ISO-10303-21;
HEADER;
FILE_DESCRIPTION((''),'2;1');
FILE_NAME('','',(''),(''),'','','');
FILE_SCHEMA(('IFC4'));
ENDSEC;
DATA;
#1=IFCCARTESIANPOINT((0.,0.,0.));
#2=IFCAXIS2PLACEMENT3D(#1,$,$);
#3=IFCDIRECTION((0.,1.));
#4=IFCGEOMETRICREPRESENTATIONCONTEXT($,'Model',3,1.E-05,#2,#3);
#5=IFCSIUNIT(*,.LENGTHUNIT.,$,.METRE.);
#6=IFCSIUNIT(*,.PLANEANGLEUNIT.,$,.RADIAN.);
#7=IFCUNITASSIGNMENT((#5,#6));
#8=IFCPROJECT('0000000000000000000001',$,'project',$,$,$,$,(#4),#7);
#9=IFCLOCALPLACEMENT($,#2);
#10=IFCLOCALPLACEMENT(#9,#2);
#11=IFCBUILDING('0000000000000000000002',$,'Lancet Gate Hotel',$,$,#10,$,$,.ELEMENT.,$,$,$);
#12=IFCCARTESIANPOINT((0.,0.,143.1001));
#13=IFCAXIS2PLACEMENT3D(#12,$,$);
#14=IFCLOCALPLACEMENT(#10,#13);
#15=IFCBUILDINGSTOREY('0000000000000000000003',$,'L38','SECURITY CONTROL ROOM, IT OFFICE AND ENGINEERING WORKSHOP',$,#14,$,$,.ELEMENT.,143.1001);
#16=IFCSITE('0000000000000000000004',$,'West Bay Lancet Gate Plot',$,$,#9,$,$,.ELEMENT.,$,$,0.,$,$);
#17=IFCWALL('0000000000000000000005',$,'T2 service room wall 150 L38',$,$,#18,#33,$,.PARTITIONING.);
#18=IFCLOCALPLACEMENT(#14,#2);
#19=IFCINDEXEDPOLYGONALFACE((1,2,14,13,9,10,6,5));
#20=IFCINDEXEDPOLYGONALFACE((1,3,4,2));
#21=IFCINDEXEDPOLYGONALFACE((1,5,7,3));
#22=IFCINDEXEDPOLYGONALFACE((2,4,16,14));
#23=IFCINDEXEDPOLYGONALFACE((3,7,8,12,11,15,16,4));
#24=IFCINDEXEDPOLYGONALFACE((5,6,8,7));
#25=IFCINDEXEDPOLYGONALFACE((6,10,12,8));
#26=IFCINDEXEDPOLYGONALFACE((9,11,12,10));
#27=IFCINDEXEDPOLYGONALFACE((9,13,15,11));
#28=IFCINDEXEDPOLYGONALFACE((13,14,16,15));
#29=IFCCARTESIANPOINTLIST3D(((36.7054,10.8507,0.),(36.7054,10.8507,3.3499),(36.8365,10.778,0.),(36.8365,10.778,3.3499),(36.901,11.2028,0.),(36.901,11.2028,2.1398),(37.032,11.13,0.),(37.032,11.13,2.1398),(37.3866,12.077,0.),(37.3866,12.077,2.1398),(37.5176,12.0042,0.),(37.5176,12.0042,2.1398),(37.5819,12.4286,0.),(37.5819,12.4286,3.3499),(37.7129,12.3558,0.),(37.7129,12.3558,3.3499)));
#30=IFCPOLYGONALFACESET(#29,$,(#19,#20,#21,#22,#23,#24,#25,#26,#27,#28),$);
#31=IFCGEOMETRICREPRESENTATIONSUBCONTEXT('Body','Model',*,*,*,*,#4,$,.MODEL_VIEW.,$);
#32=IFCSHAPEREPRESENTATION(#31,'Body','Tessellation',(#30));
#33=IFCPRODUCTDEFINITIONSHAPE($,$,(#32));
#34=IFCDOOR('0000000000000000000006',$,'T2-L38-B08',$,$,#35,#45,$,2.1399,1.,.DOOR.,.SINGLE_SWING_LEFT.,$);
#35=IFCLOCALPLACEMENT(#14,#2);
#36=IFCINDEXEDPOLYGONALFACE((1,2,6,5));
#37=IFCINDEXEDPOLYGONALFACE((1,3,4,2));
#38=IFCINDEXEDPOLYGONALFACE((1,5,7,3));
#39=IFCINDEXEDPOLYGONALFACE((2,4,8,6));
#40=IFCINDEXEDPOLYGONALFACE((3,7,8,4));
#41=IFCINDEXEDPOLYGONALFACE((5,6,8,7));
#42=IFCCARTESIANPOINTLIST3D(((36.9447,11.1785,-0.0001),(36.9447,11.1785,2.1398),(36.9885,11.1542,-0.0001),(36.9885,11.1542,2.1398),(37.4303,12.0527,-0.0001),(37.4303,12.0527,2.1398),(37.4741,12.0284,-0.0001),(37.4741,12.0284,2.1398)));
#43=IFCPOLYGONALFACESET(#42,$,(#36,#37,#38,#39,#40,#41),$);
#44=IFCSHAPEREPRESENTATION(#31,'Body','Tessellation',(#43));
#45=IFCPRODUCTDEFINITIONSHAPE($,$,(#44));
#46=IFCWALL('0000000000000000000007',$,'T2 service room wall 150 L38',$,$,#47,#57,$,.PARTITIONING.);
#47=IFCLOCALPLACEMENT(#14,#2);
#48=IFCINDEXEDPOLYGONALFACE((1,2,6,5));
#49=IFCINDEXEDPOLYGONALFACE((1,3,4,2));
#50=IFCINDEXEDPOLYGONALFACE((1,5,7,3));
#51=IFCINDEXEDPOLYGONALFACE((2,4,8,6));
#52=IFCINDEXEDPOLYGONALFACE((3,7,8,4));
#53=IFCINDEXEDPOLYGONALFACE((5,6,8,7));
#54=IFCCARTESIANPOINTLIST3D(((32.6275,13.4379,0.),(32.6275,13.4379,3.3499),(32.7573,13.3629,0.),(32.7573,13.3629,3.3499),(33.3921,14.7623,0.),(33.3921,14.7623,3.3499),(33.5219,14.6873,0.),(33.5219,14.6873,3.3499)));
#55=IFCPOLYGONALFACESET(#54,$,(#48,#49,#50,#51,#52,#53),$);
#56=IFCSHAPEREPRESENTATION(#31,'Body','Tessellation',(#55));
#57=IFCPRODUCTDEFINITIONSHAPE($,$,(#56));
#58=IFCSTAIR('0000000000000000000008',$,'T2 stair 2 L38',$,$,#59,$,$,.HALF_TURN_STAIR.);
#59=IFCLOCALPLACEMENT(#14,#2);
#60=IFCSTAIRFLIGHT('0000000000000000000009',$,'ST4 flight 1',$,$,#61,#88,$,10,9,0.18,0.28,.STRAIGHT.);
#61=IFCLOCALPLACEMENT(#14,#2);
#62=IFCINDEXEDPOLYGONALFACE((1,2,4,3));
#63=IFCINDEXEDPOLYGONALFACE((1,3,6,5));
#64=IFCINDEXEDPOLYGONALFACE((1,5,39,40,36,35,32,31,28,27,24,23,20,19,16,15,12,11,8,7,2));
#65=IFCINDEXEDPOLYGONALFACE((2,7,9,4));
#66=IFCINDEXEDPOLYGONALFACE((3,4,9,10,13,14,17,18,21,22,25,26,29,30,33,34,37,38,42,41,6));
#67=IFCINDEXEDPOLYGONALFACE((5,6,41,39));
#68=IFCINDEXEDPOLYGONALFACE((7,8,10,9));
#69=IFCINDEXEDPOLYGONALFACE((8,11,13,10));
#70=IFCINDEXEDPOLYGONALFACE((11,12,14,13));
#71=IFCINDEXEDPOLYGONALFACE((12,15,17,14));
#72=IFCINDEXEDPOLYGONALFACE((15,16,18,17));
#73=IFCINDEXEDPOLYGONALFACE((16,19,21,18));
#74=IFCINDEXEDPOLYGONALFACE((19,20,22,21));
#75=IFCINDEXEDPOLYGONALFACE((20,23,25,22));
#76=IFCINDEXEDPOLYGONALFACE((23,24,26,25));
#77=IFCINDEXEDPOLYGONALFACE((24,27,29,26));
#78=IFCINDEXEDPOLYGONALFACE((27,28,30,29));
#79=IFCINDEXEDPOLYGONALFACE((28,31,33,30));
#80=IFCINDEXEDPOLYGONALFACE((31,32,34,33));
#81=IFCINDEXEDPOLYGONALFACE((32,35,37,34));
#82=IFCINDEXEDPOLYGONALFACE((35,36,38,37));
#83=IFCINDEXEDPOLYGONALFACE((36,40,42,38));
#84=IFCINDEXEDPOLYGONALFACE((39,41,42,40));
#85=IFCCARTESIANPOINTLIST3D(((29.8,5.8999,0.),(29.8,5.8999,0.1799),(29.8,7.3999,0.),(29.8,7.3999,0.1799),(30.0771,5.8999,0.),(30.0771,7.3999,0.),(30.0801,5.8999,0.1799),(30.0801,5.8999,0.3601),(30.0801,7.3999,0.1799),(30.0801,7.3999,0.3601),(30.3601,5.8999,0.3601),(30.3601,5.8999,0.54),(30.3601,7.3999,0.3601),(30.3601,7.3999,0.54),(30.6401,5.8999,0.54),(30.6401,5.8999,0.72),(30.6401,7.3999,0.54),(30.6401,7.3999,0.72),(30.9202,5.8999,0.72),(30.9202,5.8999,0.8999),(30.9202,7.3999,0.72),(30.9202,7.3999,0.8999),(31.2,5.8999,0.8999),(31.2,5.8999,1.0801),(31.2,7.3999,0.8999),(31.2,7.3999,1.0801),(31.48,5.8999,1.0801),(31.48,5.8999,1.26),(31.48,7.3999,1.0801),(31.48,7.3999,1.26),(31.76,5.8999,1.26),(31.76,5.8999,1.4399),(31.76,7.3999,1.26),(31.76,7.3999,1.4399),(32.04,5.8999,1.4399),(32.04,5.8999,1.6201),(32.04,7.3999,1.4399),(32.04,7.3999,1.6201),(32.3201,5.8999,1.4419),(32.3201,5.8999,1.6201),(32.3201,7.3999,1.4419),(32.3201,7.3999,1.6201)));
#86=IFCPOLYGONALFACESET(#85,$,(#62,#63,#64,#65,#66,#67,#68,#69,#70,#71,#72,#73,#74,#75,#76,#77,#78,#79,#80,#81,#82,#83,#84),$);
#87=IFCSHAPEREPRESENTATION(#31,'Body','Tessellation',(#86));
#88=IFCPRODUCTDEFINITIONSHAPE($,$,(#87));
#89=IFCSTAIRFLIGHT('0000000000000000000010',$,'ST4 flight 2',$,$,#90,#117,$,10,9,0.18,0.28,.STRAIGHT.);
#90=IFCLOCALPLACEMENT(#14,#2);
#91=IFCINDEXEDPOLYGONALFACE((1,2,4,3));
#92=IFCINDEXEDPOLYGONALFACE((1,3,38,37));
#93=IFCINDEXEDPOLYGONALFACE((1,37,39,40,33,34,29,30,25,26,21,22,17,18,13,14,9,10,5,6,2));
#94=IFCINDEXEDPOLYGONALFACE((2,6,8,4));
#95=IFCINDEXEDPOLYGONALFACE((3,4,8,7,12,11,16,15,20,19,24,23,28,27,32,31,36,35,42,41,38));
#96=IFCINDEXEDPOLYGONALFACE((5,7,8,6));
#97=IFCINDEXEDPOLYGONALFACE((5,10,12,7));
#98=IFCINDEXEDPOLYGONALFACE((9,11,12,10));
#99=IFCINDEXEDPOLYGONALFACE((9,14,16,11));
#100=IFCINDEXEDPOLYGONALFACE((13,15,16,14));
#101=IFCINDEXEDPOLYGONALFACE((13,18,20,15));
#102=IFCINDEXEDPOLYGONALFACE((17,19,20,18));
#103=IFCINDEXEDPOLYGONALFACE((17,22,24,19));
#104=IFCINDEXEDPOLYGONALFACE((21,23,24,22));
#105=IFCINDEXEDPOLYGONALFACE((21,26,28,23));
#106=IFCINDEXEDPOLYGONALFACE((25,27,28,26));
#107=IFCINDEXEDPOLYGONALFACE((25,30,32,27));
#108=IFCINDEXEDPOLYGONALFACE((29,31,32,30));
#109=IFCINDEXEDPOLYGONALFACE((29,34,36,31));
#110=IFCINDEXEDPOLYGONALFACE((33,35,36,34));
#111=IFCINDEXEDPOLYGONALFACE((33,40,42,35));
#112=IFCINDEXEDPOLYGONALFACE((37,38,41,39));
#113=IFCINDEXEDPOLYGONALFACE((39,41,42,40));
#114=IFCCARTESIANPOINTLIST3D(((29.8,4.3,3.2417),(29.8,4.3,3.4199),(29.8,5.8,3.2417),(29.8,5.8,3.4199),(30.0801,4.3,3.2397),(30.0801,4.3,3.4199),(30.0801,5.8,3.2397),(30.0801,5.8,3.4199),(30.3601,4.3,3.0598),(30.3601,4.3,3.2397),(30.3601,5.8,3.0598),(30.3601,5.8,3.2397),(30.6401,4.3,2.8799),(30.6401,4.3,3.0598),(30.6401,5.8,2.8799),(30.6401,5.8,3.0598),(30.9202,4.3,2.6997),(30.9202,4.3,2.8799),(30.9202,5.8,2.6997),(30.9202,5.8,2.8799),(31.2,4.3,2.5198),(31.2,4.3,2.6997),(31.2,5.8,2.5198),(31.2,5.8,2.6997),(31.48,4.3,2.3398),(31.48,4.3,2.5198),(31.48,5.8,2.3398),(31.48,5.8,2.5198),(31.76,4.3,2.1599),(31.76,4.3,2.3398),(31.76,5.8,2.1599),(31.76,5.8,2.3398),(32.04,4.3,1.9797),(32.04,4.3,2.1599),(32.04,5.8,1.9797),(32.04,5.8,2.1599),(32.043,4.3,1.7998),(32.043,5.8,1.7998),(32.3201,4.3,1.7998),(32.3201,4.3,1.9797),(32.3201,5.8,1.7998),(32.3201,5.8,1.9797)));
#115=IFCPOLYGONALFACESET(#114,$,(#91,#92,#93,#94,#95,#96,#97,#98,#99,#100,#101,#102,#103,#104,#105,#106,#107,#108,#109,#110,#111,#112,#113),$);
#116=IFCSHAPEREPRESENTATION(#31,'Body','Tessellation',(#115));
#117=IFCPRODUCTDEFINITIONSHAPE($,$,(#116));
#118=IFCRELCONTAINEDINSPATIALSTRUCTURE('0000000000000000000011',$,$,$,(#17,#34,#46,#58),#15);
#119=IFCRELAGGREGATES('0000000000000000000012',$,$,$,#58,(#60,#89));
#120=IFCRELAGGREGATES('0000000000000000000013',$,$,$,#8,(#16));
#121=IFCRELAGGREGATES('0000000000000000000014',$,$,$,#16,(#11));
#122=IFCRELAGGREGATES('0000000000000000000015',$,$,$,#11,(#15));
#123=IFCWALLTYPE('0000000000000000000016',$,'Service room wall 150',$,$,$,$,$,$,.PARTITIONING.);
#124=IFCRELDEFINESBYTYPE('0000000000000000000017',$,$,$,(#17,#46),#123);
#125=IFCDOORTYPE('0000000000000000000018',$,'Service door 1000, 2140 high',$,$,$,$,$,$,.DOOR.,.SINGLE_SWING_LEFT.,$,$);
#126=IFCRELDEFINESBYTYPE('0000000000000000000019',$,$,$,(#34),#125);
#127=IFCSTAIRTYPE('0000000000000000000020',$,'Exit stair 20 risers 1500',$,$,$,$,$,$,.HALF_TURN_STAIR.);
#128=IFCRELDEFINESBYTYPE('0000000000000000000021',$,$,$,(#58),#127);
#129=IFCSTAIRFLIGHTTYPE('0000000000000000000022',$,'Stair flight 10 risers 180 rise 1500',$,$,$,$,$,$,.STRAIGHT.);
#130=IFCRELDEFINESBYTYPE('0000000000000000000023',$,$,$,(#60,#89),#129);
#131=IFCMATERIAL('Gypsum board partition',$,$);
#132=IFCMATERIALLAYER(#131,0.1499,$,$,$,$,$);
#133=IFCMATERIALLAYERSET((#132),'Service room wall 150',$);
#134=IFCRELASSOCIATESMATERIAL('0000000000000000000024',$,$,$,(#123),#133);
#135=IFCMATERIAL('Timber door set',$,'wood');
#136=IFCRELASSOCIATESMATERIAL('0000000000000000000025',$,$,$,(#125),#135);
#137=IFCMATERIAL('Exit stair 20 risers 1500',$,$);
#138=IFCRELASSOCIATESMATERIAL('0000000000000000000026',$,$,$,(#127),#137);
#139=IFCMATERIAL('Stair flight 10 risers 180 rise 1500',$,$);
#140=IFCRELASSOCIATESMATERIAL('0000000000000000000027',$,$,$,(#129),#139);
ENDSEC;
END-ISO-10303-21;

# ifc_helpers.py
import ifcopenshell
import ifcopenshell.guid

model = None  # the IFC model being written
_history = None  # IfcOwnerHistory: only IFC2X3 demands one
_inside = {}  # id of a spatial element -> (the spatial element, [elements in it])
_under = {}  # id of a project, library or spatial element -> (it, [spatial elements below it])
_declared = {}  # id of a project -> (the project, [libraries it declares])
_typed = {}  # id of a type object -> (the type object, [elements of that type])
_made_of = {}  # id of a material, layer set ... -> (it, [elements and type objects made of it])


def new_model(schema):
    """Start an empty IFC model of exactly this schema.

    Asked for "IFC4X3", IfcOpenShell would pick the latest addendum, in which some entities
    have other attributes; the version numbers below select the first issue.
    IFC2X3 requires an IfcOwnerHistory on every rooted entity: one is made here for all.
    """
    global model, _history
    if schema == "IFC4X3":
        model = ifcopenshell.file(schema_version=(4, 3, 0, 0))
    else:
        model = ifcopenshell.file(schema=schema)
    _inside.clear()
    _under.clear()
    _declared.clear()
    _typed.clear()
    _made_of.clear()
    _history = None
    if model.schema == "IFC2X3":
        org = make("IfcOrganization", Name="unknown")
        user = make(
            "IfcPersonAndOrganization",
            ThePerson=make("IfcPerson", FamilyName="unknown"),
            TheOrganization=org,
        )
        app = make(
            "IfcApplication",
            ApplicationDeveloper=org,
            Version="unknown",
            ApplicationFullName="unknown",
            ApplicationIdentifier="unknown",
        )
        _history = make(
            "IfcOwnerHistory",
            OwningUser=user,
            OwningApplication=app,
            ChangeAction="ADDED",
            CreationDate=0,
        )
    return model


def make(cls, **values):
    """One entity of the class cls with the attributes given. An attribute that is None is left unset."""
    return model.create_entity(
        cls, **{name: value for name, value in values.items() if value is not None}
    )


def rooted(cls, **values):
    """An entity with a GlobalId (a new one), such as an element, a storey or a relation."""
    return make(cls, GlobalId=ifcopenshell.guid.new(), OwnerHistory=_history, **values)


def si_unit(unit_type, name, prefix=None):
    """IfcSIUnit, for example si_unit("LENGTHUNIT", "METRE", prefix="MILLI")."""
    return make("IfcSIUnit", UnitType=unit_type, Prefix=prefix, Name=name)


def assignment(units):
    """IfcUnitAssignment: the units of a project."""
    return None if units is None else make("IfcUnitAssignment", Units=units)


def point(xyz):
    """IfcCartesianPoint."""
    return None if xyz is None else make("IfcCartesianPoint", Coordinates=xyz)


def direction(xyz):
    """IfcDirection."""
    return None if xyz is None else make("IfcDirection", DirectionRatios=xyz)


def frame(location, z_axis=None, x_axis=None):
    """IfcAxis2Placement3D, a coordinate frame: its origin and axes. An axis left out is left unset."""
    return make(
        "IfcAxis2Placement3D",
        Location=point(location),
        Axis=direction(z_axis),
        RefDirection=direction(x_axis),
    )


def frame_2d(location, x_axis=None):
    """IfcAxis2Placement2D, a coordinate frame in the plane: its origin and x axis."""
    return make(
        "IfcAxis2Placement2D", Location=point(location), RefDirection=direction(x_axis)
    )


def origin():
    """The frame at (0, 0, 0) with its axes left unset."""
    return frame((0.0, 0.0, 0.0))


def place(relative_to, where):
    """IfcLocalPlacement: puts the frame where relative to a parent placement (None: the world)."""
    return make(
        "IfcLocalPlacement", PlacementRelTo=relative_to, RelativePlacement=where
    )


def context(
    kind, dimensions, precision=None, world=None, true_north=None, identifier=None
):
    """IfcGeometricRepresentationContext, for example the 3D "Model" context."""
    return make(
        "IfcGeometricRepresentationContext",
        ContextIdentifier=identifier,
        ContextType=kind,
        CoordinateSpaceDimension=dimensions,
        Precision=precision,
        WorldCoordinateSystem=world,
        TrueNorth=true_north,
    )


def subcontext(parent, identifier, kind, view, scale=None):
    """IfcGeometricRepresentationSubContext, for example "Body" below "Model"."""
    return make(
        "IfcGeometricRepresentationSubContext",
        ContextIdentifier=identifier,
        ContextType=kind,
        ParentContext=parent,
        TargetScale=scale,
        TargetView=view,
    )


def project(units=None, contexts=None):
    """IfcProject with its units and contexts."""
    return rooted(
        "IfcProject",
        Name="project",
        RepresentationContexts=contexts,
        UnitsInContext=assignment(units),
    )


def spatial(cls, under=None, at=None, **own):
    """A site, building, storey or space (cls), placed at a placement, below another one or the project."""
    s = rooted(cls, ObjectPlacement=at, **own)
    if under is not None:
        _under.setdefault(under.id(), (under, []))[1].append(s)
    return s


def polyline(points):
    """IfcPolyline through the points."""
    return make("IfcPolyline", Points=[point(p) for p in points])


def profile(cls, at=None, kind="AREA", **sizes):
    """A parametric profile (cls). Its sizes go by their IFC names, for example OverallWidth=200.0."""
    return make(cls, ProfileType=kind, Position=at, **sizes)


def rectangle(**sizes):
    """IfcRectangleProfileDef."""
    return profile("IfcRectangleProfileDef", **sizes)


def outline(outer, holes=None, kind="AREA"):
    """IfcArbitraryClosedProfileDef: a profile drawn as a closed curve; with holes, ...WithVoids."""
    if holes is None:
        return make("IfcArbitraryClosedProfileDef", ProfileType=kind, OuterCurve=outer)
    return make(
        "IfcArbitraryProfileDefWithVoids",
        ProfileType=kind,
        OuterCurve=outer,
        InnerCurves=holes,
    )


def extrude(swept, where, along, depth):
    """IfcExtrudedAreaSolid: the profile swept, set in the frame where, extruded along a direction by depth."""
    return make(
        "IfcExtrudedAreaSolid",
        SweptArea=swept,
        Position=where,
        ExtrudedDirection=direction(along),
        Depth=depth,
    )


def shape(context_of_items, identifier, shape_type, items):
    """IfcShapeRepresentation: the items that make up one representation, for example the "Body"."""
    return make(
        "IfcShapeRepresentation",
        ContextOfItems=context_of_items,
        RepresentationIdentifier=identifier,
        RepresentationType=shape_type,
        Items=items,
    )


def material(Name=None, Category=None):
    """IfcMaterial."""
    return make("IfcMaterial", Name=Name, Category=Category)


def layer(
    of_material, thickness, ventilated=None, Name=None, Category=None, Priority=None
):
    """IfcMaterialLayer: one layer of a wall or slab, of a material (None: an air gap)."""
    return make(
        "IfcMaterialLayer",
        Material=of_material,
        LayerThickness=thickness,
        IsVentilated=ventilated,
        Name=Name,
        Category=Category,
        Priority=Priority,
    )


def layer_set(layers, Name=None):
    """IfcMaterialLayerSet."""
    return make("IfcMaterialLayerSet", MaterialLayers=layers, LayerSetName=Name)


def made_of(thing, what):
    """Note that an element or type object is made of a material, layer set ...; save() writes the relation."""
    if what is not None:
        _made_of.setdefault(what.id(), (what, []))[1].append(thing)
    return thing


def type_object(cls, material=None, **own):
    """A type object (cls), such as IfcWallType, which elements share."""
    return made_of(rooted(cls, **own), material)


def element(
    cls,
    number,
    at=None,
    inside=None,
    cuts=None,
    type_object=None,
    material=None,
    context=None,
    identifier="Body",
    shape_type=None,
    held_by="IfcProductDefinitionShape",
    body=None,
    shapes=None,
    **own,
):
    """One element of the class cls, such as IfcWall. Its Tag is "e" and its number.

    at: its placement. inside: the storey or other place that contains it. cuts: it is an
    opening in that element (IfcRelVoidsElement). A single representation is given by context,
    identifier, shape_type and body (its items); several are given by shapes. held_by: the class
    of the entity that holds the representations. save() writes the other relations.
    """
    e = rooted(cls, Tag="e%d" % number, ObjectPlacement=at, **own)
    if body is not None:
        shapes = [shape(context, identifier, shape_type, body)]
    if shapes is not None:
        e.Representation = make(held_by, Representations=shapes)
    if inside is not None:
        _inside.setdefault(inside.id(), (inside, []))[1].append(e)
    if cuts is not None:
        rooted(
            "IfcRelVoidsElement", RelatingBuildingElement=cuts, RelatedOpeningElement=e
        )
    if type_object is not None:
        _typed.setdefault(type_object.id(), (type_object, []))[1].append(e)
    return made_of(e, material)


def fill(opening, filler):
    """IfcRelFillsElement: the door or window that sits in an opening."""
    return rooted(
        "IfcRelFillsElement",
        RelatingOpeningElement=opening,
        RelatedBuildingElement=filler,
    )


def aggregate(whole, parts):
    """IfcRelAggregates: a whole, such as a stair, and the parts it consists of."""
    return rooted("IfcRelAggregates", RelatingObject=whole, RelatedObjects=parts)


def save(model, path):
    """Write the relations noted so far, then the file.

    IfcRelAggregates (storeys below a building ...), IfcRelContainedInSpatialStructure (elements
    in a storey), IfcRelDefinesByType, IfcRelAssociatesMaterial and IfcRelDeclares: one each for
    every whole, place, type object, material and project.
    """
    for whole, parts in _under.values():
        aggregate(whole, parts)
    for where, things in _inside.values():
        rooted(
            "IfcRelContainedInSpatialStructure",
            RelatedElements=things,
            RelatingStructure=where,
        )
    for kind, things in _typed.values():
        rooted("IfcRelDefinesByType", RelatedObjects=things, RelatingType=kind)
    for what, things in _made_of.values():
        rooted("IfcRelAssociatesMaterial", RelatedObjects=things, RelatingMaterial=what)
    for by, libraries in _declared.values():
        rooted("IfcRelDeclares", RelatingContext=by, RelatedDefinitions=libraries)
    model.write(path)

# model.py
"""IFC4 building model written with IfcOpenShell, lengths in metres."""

from ifc_helpers import new_model, si_unit, direction, frame, frame_2d, origin, place, context, subcontext, project, spatial, polyline, rectangle, outline, extrude, material, layer, layer_set, type_object, element, fill, aggregate, save


model = new_model("IFC4")

# Units and contexts
model_context = context("Model", 3, precision=1e-05, world=origin(), true_north=direction((0.0, 1.0)))
body_context = subcontext(model_context, "Body", "Model", "MODEL_VIEW")
ifc_project = project(units=[si_unit("LENGTHUNIT", "METRE"), si_unit("PLANEANGLEUNIT", "RADIAN")], contexts=[model_context])

# Site, building, storey
site_placement = place(None, origin())
site = spatial("IfcSite", under=ifc_project, at=site_placement, Name="West Bay Lancet Gate Plot", CompositionType="ELEMENT", RefElevation=0.0)
building_placement = place(site_placement, origin())
building = spatial("IfcBuilding", under=site, at=building_placement, Name="Lancet Gate Hotel", CompositionType="ELEMENT")
storey_placement = place(building_placement, frame((0.0, 0.0, 143.1001)))
storey = spatial("IfcBuildingStorey", under=building, at=storey_placement, Name="L38", Description="SECURITY CONTROL ROOM, IT OFFICE AND ENGINEERING WORKSHOP", CompositionType="ELEMENT", Elevation=143.1001)

# Wall, opening, door
ifc_material_1 = material(Name="Gypsum board partition")
ifc_layer_1 = layer(ifc_material_1, 0.1499)
ifc_layer_set_1 = layer_set([ifc_layer_1], Name="Service room wall 150")
wall_type_1 = type_object("IfcWallType", Name="Service room wall 150", PredefinedType="PARTITIONING", material=ifc_layer_set_1)
wall_1_placement = place(storey_placement, frame((36.771, 10.8145, 0.0), z_axis=(0.0, 0.0, 1.0), x_axis=(0.485586, 0.874189, 0.0)))
wall_1 = element("IfcWall", 1, at=wall_1_placement, inside=storey, type_object=wall_type_1, Name="T2 service room wall 150 L38", PredefinedType="PARTITIONING", context=body_context, shape_type="SweptSolid", body=[
    extrude(rectangle(XDim=1.8049, YDim=0.1499, at=frame_2d((0.9023, 0.0))), origin(), (0.0, 0.0, 1.0), 3.3499),
])
opening_1_placement = place(wall_1_placement, frame((0.4026, 0.0, 0.0)))
opening_1 = element("IfcOpeningElement", 2, at=opening_1_placement, cuts=wall_1, PredefinedType="OPENING", context=body_context, shape_type="SweptSolid", body=[
    extrude(rectangle(XDim=1.0, YDim=2.1399, at=frame_2d((0.5, 1.0698))), frame((0.0, 0.085, 0.0), z_axis=(0.0, -1.0, 0.0), x_axis=(1.0, 0.0, 0.0)), (0.0, 0.0, 1.0), 0.1699),
])
ifc_material_2 = material(Name="Timber door set", Category="wood")
door_type_1 = type_object("IfcDoorType", Name="Service door 1000, 2140 high", OperationType="SINGLE_SWING_LEFT", PredefinedType="DOOR", material=ifc_material_2)
door_1_placement = place(opening_1_placement, origin())
door_1 = element("IfcDoor", 3, at=door_1_placement, inside=storey, type_object=door_type_1, Name="T2-L38-B08", OperationType="SINGLE_SWING_LEFT", OverallHeight=2.1399, OverallWidth=1.0, PredefinedType="DOOR", context=body_context, shape_type="SweptSolid", body=[
    extrude(rectangle(XDim=1.0, YDim=2.1399, at=frame_2d((0.5, 1.0698))), frame((0.0, 0.0249, 0.0), z_axis=(0.0, -1.0, 0.0), x_axis=(1.0, 0.0, 0.0)), (0.0, 0.0, 1.0), 0.05),
])
fill(opening_1, door_1)

# Wall
wall_2_placement = place(storey_placement, frame((32.6924, 13.4004, 0.0), z_axis=(0.0, 0.0, 1.0), x_axis=(0.499985, 0.866034, 0.0)))
element("IfcWall", 4, at=wall_2_placement, inside=storey, type_object=wall_type_1, Name="T2 service room wall 150 L38", PredefinedType="PARTITIONING", context=body_context, shape_type="SweptSolid", body=[
    extrude(rectangle(XDim=1.5293, YDim=0.1499, at=frame_2d((0.7646, 0.0))), origin(), (0.0, 0.0, 1.0), 3.3499),
])

# Stair, stair flights
ifc_material_3 = material(Name="Exit stair 20 risers 1500")
stair_type = type_object("IfcStairType", Name="Exit stair 20 risers 1500", PredefinedType="HALF_TURN_STAIR", material=ifc_material_3)
stair_placement = place(storey_placement, origin())
stair = element("IfcStair", 5, at=stair_placement, inside=storey, type_object=stair_type, Name="T2 stair 2 L38", PredefinedType="HALF_TURN_STAIR")
ifc_material_4 = material(Name="Stair flight 10 risers 180 rise 1500")
stair_flight_type = type_object("IfcStairFlightType", Name="Stair flight 10 risers 180 rise 1500", PredefinedType="STRAIGHT", material=ifc_material_4)
stair_flight_1_placement = place(storey_placement, frame((29.8, 6.6499, 0.0), z_axis=(0.0, 0.0, 1.0), x_axis=(1.0, 0.0, 0.0)))
stair_flight_1 = element("IfcStairFlight", 6, at=stair_flight_1_placement, type_object=stair_flight_type, Name="ST4 flight 1", NumberOfRisers=10, NumberOfTreads=9, PredefinedType="STRAIGHT", RiserHeight=0.18, TreadLength=0.28, context=body_context, shape_type="SweptSolid", body=[
    extrude(outline(polyline([(0.0, 0.0), (0.0, 0.1799), (0.28, 0.1799), (0.28, 0.3601), (0.5601, 0.3601), (0.5601, 0.54), (0.8401, 0.54), (0.8401, 0.72), (1.1201, 0.72), (1.1201, 0.8999), (1.3999, 0.8999), (1.3999, 1.0801), (1.6799, 1.0801), (1.6799, 1.26), (1.96, 1.26), (1.96, 1.4399), (2.24, 1.4399), (2.24, 1.6201), (2.52, 1.6201), (2.52, 1.8), (2.52, 1.4419), (0.2771, 0.0), (0.0, 0.0)])), frame((0.0, 0.75, 0.0), z_axis=(0.0, -1.0, 0.0), x_axis=(1.0, 0.0, 0.0)), (0.0, 0.0, 1.0), 1.5),
])
stair_flight_2_placement = place(storey_placement, frame((32.3201, 5.05, 1.7998), z_axis=(0.0, 0.0, 1.0), x_axis=(-1.0, 0.0, 0.0)))
stair_flight_2 = element("IfcStairFlight", 7, at=stair_flight_2_placement, type_object=stair_flight_type, Name="ST4 flight 2", NumberOfRisers=10, NumberOfTreads=9, PredefinedType="STRAIGHT", RiserHeight=0.18, TreadLength=0.28, context=body_context, shape_type="SweptSolid", body=[
    extrude(outline(polyline([(0.0, 0.0), (0.0, 0.1799), (0.28, 0.1799), (0.28, 0.3601), (0.5601, 0.3601), (0.5601, 0.54), (0.8401, 0.54), (0.8401, 0.72), (1.1201, 0.72), (1.1201, 0.8999), (1.3999, 0.8999), (1.3999, 1.0801), (1.6799, 1.0801), (1.6799, 1.26), (1.96, 1.26), (1.96, 1.4399), (2.24, 1.4399), (2.24, 1.6201), (2.52, 1.6201), (2.52, 1.8), (2.52, 1.4419), (0.2771, 0.0), (0.0, 0.0)])), frame((0.0, 0.75, 0.0), z_axis=(0.0, -1.0, 0.0), x_axis=(1.0, 0.0, 0.0)), (0.0, 0.0, 1.0), 1.5),
])
aggregate(stair, [stair_flight_1, stair_flight_2])

save(model, "model.ifc")
